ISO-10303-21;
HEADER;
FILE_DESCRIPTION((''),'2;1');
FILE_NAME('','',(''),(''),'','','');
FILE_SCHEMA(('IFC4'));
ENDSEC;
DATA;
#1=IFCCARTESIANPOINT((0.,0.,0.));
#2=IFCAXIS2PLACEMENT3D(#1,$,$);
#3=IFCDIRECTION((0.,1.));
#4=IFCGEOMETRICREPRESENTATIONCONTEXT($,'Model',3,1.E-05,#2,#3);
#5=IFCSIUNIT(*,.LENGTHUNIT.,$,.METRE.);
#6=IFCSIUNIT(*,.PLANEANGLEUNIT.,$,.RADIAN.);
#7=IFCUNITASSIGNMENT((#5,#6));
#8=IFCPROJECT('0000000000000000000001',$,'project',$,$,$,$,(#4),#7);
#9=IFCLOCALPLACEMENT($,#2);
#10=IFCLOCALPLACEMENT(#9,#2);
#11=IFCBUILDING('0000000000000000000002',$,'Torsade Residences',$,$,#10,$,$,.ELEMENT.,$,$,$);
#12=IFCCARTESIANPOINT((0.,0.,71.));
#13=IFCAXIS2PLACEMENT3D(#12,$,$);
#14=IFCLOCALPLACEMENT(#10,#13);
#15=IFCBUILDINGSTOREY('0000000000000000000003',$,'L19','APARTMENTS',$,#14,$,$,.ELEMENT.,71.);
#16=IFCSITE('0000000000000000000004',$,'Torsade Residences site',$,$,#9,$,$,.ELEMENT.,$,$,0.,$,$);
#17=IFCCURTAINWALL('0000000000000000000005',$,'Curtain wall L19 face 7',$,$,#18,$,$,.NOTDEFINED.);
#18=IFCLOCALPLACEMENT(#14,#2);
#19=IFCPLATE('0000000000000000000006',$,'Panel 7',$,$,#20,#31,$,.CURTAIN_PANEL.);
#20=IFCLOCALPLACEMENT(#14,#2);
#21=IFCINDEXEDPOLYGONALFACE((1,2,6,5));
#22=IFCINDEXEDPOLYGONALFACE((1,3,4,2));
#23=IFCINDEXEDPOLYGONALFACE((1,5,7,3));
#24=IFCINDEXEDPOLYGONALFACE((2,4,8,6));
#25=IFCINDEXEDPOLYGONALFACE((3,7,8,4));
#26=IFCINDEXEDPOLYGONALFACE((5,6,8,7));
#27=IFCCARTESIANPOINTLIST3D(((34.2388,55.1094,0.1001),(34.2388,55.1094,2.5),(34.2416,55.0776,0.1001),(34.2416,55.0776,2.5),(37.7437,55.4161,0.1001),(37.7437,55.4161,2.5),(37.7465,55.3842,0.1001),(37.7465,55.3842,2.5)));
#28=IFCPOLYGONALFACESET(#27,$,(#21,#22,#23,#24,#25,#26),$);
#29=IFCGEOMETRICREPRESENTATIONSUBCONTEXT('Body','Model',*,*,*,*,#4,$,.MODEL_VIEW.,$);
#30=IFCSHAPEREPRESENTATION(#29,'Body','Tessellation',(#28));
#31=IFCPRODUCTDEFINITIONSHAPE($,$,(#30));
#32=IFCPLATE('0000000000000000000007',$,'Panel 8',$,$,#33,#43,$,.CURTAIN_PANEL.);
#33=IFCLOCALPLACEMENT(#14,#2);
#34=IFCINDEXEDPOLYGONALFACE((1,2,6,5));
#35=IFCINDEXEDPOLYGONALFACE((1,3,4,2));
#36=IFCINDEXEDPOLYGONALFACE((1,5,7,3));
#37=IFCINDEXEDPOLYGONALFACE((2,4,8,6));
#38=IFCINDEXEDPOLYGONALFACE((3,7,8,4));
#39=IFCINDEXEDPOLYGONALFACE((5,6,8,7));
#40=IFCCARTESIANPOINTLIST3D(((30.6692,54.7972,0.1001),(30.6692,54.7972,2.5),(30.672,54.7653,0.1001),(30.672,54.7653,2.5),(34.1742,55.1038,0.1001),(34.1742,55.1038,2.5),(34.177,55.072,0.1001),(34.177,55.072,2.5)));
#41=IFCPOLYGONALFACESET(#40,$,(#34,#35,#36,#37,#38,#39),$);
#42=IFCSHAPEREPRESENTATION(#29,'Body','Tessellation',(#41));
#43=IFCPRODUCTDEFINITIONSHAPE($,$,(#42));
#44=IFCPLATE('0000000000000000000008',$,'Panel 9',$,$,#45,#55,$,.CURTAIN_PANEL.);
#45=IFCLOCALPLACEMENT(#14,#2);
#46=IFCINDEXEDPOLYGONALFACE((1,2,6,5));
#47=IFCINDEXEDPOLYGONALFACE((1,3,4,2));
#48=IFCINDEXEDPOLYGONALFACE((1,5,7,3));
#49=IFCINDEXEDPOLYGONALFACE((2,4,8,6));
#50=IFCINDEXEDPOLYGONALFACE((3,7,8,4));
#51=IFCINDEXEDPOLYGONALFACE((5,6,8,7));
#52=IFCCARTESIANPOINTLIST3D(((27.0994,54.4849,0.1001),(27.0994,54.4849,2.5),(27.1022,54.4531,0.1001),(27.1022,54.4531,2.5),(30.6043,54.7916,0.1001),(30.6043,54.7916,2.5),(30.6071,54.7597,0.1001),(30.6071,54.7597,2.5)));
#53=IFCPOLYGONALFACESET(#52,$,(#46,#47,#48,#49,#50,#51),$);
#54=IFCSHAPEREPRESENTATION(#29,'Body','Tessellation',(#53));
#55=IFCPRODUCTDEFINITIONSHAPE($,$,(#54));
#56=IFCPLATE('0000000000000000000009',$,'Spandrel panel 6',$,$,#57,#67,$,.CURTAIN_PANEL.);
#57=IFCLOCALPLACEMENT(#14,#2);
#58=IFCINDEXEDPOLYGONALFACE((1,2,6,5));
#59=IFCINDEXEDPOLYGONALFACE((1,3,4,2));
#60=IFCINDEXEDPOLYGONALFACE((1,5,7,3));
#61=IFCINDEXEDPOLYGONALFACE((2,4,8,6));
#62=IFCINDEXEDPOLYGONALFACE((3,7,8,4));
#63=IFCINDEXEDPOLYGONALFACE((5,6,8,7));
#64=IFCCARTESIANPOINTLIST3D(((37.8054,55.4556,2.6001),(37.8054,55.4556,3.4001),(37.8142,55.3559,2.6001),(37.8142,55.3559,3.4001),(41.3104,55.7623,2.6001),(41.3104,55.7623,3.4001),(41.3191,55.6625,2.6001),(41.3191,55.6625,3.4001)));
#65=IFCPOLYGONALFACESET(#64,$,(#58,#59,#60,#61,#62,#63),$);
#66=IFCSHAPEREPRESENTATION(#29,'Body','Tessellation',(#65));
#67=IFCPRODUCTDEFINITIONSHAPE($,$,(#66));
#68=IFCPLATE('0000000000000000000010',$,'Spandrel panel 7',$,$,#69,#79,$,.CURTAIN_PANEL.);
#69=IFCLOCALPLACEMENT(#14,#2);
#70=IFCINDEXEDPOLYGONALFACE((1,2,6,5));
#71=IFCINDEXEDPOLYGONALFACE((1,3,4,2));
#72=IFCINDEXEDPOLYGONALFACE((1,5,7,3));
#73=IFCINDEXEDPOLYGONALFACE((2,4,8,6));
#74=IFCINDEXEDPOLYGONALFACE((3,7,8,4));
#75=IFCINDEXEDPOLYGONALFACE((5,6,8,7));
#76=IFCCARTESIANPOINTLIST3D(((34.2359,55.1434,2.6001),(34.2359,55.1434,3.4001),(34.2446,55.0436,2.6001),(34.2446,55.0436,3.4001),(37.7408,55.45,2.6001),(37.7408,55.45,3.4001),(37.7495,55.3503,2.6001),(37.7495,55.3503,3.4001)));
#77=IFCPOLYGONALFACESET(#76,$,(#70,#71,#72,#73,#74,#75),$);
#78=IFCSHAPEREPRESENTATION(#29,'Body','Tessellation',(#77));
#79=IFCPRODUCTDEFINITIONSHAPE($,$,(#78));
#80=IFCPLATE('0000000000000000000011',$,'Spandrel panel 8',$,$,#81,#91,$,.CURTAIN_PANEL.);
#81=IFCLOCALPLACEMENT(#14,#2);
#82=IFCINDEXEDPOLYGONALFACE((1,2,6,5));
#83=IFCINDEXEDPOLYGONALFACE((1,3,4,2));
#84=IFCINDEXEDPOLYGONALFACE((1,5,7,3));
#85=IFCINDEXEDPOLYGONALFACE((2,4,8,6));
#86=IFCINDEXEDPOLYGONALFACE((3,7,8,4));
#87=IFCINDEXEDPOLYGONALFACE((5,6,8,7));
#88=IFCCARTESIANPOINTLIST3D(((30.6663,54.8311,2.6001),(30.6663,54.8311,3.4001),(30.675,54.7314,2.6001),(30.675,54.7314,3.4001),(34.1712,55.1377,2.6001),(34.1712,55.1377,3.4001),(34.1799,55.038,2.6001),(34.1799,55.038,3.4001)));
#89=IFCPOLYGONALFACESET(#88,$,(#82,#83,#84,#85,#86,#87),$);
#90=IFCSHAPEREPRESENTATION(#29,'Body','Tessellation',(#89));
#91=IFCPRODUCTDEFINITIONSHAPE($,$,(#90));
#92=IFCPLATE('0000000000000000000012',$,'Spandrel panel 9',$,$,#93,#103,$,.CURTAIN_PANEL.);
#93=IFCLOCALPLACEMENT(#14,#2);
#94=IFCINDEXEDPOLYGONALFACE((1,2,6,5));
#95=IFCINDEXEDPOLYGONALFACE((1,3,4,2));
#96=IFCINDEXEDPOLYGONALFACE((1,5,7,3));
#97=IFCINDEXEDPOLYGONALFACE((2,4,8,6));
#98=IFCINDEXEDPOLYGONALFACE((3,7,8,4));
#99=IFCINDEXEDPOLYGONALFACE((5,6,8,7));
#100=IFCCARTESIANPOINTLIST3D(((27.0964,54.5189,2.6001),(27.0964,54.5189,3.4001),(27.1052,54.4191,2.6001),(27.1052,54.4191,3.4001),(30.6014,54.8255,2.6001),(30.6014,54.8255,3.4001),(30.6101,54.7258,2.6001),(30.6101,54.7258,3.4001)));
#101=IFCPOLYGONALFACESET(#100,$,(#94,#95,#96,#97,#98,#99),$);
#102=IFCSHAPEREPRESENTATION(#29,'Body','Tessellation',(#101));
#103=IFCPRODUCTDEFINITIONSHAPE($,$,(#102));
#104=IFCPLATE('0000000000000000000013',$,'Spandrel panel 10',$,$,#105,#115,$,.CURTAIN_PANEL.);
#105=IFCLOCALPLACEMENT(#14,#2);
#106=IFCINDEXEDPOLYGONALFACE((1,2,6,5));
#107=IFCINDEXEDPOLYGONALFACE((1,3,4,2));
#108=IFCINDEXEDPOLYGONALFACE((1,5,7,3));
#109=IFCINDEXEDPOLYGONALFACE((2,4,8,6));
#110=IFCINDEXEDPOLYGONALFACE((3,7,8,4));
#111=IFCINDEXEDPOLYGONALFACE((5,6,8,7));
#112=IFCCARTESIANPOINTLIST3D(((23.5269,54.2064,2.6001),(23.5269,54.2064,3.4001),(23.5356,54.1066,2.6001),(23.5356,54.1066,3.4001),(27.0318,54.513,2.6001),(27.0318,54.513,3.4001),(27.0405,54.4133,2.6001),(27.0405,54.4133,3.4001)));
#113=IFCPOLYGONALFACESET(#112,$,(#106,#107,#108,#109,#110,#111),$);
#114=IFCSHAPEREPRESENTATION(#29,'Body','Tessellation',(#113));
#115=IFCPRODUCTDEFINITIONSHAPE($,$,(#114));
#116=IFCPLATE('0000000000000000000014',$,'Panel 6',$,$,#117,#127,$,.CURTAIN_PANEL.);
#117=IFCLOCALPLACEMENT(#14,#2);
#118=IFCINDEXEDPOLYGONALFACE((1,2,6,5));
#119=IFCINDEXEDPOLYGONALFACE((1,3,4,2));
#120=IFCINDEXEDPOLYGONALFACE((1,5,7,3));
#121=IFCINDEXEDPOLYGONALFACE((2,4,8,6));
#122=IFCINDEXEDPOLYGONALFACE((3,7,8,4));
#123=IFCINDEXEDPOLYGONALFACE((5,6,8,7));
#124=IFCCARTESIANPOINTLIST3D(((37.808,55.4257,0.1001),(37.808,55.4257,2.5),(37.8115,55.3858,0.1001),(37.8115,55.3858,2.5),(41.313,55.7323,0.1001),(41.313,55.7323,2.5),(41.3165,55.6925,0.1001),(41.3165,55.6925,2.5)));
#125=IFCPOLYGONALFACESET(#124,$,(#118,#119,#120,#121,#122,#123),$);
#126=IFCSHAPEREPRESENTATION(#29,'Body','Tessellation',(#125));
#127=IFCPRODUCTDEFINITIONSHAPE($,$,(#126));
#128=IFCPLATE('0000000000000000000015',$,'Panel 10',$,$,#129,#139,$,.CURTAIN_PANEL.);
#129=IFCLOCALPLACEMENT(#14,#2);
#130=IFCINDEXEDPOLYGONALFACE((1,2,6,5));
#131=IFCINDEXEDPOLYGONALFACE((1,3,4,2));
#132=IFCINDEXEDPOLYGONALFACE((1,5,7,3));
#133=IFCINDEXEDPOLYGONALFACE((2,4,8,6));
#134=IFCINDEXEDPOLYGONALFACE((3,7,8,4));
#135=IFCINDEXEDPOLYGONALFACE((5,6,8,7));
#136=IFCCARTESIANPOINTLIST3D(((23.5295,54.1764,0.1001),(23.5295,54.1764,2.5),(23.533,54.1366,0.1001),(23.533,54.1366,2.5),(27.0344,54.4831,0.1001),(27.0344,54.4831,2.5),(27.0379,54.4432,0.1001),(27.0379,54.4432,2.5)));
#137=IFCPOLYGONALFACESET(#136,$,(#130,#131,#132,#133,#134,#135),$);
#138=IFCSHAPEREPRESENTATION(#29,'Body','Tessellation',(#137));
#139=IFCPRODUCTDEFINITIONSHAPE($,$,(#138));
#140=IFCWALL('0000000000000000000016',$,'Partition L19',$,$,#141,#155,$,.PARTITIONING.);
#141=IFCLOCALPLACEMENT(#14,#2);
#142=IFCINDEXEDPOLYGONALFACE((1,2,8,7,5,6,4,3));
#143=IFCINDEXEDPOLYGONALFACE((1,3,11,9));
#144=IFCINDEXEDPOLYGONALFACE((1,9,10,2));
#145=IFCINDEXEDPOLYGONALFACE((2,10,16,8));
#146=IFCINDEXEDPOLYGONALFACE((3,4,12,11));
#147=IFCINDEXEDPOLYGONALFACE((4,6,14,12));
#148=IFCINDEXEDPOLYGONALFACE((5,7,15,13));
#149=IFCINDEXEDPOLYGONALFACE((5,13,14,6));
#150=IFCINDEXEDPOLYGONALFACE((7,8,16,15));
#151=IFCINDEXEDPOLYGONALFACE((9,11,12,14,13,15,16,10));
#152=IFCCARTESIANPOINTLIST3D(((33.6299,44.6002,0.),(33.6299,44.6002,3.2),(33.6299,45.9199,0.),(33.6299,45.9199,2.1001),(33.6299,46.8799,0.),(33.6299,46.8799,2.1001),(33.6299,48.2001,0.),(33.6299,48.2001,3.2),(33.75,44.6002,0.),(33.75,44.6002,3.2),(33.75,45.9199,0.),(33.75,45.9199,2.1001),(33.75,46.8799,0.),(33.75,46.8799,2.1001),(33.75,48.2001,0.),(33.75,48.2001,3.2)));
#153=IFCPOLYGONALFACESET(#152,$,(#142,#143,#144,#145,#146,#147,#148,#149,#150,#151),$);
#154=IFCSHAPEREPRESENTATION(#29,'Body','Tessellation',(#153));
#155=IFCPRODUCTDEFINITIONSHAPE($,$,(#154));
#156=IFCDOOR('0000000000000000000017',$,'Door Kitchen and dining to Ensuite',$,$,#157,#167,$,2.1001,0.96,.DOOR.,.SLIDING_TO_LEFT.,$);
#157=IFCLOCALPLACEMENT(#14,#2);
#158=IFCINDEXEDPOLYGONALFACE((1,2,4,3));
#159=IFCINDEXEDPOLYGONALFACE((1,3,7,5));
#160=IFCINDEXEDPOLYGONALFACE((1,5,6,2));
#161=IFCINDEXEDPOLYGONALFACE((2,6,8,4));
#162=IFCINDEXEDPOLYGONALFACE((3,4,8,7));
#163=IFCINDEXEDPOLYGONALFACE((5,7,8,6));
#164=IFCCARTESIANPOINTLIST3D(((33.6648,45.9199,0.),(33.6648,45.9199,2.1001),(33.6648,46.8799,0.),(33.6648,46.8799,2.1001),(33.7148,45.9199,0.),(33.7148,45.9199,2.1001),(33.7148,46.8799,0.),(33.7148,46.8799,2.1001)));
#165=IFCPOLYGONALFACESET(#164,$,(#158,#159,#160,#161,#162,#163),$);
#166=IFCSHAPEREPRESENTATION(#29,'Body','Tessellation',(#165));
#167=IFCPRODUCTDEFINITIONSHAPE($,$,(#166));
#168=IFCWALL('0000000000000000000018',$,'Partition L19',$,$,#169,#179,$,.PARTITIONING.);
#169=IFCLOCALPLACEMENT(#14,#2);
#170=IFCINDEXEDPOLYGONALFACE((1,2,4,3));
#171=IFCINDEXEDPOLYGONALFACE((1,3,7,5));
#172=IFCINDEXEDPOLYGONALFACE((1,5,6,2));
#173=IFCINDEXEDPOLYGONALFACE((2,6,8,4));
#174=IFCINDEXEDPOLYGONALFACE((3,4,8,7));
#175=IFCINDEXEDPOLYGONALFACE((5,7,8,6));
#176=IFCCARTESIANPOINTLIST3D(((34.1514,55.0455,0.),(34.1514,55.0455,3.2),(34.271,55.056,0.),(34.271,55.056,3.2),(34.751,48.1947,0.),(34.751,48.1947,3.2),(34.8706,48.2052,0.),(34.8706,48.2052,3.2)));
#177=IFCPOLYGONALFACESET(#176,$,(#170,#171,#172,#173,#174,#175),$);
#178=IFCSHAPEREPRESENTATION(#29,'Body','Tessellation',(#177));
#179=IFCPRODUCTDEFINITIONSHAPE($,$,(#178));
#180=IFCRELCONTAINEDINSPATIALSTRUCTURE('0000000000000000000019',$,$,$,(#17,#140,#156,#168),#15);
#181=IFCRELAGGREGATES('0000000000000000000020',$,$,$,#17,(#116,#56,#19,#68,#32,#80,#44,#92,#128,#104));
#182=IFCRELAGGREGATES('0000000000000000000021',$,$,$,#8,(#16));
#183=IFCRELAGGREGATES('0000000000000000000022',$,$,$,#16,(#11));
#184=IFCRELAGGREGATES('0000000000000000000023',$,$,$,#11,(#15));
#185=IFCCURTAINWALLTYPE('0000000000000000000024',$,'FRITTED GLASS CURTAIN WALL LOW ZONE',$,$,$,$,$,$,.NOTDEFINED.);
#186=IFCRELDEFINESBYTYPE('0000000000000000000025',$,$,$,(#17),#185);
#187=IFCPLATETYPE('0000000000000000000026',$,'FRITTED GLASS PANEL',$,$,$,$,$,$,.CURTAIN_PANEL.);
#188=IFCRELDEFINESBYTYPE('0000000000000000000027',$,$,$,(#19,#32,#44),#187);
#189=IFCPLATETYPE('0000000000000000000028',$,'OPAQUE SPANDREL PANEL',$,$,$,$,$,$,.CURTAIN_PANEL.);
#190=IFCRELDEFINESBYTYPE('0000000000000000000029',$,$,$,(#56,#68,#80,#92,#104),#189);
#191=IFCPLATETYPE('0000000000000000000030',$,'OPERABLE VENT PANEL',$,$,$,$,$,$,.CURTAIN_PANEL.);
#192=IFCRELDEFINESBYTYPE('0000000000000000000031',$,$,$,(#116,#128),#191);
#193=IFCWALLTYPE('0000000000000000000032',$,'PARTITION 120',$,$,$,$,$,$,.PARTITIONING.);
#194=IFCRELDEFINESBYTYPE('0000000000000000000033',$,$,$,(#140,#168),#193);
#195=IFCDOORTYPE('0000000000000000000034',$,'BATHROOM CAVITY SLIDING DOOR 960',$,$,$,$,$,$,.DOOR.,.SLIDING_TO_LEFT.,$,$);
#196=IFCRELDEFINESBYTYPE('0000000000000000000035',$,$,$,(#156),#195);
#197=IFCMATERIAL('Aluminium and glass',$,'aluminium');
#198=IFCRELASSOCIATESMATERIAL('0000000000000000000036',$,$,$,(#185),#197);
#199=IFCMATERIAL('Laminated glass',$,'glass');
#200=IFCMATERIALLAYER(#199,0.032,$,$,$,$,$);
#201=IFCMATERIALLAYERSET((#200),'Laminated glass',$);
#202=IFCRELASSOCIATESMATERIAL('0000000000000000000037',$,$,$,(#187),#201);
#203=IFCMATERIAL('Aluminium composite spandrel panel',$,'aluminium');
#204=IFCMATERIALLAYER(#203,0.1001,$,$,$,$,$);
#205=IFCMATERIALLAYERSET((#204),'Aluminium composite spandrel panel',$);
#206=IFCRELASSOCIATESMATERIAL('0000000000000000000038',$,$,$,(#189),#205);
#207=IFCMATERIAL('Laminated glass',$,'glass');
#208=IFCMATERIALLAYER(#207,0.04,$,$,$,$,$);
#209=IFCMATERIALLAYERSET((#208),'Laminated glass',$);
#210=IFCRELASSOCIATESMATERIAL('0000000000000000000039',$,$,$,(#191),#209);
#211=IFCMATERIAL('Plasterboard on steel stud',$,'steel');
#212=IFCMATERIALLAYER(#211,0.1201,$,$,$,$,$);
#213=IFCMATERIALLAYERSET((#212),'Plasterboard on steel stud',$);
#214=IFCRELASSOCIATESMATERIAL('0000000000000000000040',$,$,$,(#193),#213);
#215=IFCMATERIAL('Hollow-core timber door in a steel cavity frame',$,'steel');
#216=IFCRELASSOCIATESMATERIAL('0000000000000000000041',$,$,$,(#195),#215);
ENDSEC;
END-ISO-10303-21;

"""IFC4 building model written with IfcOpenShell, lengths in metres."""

from ifc_helpers import new_model, si_unit, direction, frame, frame_2d, origin, origin_2d, place, context, subcontext, project, spatial, rectangle, extrude, material, layer, layer_set, type_object, element, fill, aggregate, save


model = new_model("IFC4")

# Units and contexts
model_context = context("Model", 3, precision=1e-05, world=origin(), true_north=direction((0.0, 1.0)))
body_context = subcontext(model_context, "Body", "Model", "MODEL_VIEW")
ifc_project = project(units=[si_unit("LENGTHUNIT", "METRE"), si_unit("PLANEANGLEUNIT", "RADIAN")], contexts=[model_context])

# Site, building, storey
site_placement = place(None, origin())
site = spatial("IfcSite", under=ifc_project, at=site_placement, Name="Torsade Residences site", CompositionType="ELEMENT", RefElevation=0.0)
building_placement = place(site_placement, origin())
building = spatial("IfcBuilding", under=site, at=building_placement, Name="Torsade Residences", CompositionType="ELEMENT")
storey_placement = place(building_placement, frame((0.0, 0.0, 71.0)))
storey = spatial("IfcBuildingStorey", under=building, at=storey_placement, Name="L19", Description="APARTMENTS", CompositionType="ELEMENT", Elevation=71.0)

# Curtain wall
ifc_material_1 = material(Name="Aluminium and glass", Category="aluminium")
curtain_wall_type = type_object("IfcCurtainWallType", Name="FRITTED GLASS CURTAIN WALL LOW ZONE", PredefinedType="NOTDEFINED", material=ifc_material_1)
curtain_wall_placement = place(storey_placement, origin())
curtain_wall = element("IfcCurtainWall", 1, at=curtain_wall_placement, inside=storey, type_object=curtain_wall_type, Name="Curtain wall L19 face 7", PredefinedType="NOTDEFINED")

# Plates
ifc_material_2 = material(Name="Laminated glass", Category="glass")
ifc_layer_1 = layer(ifc_material_2, 0.032)
ifc_layer_set_1 = layer_set([ifc_layer_1], Name="Laminated glass")
plate_type_1 = type_object("IfcPlateType", Name="FRITTED GLASS PANEL", PredefinedType="CURTAIN_PANEL", material=ifc_layer_set_1)
plate_1_placement = place(storey_placement, frame((35.9927, 55.2468, 0.1001), z_axis=(0.0, 0.0, 1.0), x_axis=(-0.996195, -0.087156, 0.0)))
plate_1 = element("IfcPlate", 2, at=plate_1_placement, type_object=plate_type_1, Name="Panel 7", PredefinedType="CURTAIN_PANEL", context=body_context, shape_type="SweptSolid", body=[
    extrude(rectangle(XDim=3.5183, YDim=0.032, at=origin_2d()), origin(), (0.0, 0.0, 1.0), 2.3999),
])
plate_2_placement = place(storey_placement, frame((32.4231, 54.9346, 0.1001), z_axis=(0.0, 0.0, 1.0), x_axis=(-0.996195, -0.087156, 0.0)))
plate_2 = element("IfcPlate", 3, at=plate_2_placement, type_object=plate_type_1, Name="Panel 8", PredefinedType="CURTAIN_PANEL", context=body_context, shape_type="SweptSolid", body=[
    extrude(rectangle(XDim=3.5183, YDim=0.032, at=origin_2d()), origin(), (0.0, 0.0, 1.0), 2.3999),
])
plate_3_placement = place(storey_placement, frame((28.8533, 54.6223, 0.1001), z_axis=(0.0, 0.0, 1.0), x_axis=(-0.996195, -0.087156, 0.0)))
plate_3 = element("IfcPlate", 4, at=plate_3_placement, type_object=plate_type_1, Name="Panel 9", PredefinedType="CURTAIN_PANEL", context=body_context, shape_type="SweptSolid", body=[
    extrude(rectangle(XDim=3.5183, YDim=0.032, at=origin_2d()), origin(), (0.0, 0.0, 1.0), 2.3999),
])
ifc_material_3 = material(Name="Aluminium composite spandrel panel", Category="aluminium")
ifc_layer_2 = layer(ifc_material_3, 0.1001)
ifc_layer_set_2 = layer_set([ifc_layer_2], Name="Aluminium composite spandrel panel")
plate_type_2 = type_object("IfcPlateType", Name="OPAQUE SPANDREL PANEL", PredefinedType="CURTAIN_PANEL", material=ifc_layer_set_2)
plate_4_placement = place(storey_placement, frame((39.5623, 55.5591, 2.6001), z_axis=(0.0, 0.0, 1.0), x_axis=(-0.996195, -0.087156, 0.0)))
plate_4 = element("IfcPlate", 5, at=plate_4_placement, type_object=plate_type_2, Name="Spandrel panel 6", PredefinedType="CURTAIN_PANEL", context=body_context, shape_type="SweptSolid", body=[
    extrude(rectangle(XDim=3.5183, YDim=0.1001, at=origin_2d()), origin(), (0.0, 0.0, 1.0), 0.8),
])
plate_5_placement = place(storey_placement, frame((35.9927, 55.2468, 2.6001), z_axis=(0.0, 0.0, 1.0), x_axis=(-0.996195, -0.087156, 0.0)))
plate_5 = element("IfcPlate", 6, at=plate_5_placement, type_object=plate_type_2, Name="Spandrel panel 7", PredefinedType="CURTAIN_PANEL", context=body_context, shape_type="SweptSolid", body=[
    extrude(rectangle(XDim=3.5183, YDim=0.1001, at=origin_2d()), origin(), (0.0, 0.0, 1.0), 0.8),
])
plate_6_placement = place(storey_placement, frame((32.4231, 54.9346, 2.6001), z_axis=(0.0, 0.0, 1.0), x_axis=(-0.996195, -0.087156, 0.0)))
plate_6 = element("IfcPlate", 7, at=plate_6_placement, type_object=plate_type_2, Name="Spandrel panel 8", PredefinedType="CURTAIN_PANEL", context=body_context, shape_type="SweptSolid", body=[
    extrude(rectangle(XDim=3.5183, YDim=0.1001, at=origin_2d()), origin(), (0.0, 0.0, 1.0), 0.8),
])
plate_7_placement = place(storey_placement, frame((28.8533, 54.6223, 2.6001), z_axis=(0.0, 0.0, 1.0), x_axis=(-0.996195, -0.087156, 0.0)))
plate_7 = element("IfcPlate", 8, at=plate_7_placement, type_object=plate_type_2, Name="Spandrel panel 9", PredefinedType="CURTAIN_PANEL", context=body_context, shape_type="SweptSolid", body=[
    extrude(rectangle(XDim=3.5183, YDim=0.1001, at=origin_2d()), origin(), (0.0, 0.0, 1.0), 0.8),
])
plate_8_placement = place(storey_placement, frame((25.2837, 54.3098, 2.6001), z_axis=(0.0, 0.0, 1.0), x_axis=(-0.996195, -0.087156, 0.0)))
plate_8 = element("IfcPlate", 9, at=plate_8_placement, type_object=plate_type_2, Name="Spandrel panel 10", PredefinedType="CURTAIN_PANEL", context=body_context, shape_type="SweptSolid", body=[
    extrude(rectangle(XDim=3.5183, YDim=0.1001, at=origin_2d()), origin(), (0.0, 0.0, 1.0), 0.8),
])
ifc_material_4 = material(Name="Laminated glass", Category="glass")
ifc_layer_3 = layer(ifc_material_4, 0.04)
ifc_layer_set_3 = layer_set([ifc_layer_3], Name="Laminated glass")
plate_type_3 = type_object("IfcPlateType", Name="OPERABLE VENT PANEL", PredefinedType="CURTAIN_PANEL", material=ifc_layer_set_3)
plate_9_placement = place(storey_placement, frame((39.5623, 55.5591, 0.1001), z_axis=(0.0, 0.0, 1.0), x_axis=(-0.996195, -0.087156, 0.0)))
plate_9 = element("IfcPlate", 10, at=plate_9_placement, type_object=plate_type_3, Name="Panel 6", PredefinedType="CURTAIN_PANEL", context=body_context, shape_type="SweptSolid", body=[
    extrude(rectangle(XDim=3.5183, YDim=0.04, at=origin_2d()), origin(), (0.0, 0.0, 1.0), 2.3999),
])
plate_10_placement = place(storey_placement, frame((25.2837, 54.3098, 0.1001), z_axis=(0.0, 0.0, 1.0), x_axis=(-0.996195, -0.087156, 0.0)))
plate_10 = element("IfcPlate", 11, at=plate_10_placement, type_object=plate_type_3, Name="Panel 10", PredefinedType="CURTAIN_PANEL", context=body_context, shape_type="SweptSolid", body=[
    extrude(rectangle(XDim=3.5183, YDim=0.04, at=origin_2d()), origin(), (0.0, 0.0, 1.0), 2.3999),
])
aggregate(curtain_wall, [plate_9, plate_4, plate_1, plate_5, plate_2, plate_6, plate_3, plate_7, plate_10, plate_8])

# Wall, opening, door
ifc_material_5 = material(Name="Plasterboard on steel stud", Category="steel")
ifc_layer_4 = layer(ifc_material_5, 0.1201)
ifc_layer_set_4 = layer_set([ifc_layer_4], Name="Plasterboard on steel stud")
wall_type_1 = type_object("IfcWallType", Name="PARTITION 120", PredefinedType="PARTITIONING", material=ifc_layer_set_4)
wall_1_placement = place(storey_placement, frame((33.6899, 48.2, 0.0), z_axis=(0.0, 0.0, 1.0), x_axis=(0.0, -1.0, 0.0)))
wall_1 = element("IfcWall", 12, at=wall_1_placement, inside=storey, type_object=wall_type_1, Name="Partition L19", PredefinedType="PARTITIONING", context=body_context, shape_type="SweptSolid", body=[
    extrude(rectangle(XDim=3.5999, YDim=0.1201, at=frame_2d((1.7998, 0.0))), origin(), (0.0, 0.0, 1.0), 3.2),
])
opening_placement = place(wall_1_placement, frame((1.3201, 0.0, 0.0)))
opening = element("IfcOpeningElement", 13, at=opening_placement, cuts=wall_1, PredefinedType="OPENING", context=body_context, shape_type="SweptSolid", body=[
    extrude(rectangle(XDim=0.96, YDim=2.1001, at=frame_2d((0.48, 1.05))), frame((0.0, 0.0701, 0.0), z_axis=(0.0, -1.0, 0.0), x_axis=(1.0, 0.0, 0.0)), (0.0, 0.0, 1.0), 0.1401),
])
ifc_material_6 = material(Name="Hollow-core timber door in a steel cavity frame", Category="steel")
door_type = type_object("IfcDoorType", Name="BATHROOM CAVITY SLIDING DOOR 960", OperationType="SLIDING_TO_LEFT", PredefinedType="DOOR", material=ifc_material_6)
door_placement = place(opening_placement, origin())
door = element("IfcDoor", 14, at=door_placement, inside=storey, type_object=door_type, Name="Door Kitchen and dining to Ensuite", OperationType="SLIDING_TO_LEFT", OverallHeight=2.1001, OverallWidth=0.96, PredefinedType="DOOR", context=body_context, shape_type="SweptSolid", body=[
    extrude(rectangle(XDim=0.96, YDim=2.1001, at=frame_2d((0.48, 1.05))), frame((0.0, 0.0249, 0.0), z_axis=(0.0, -1.0, 0.0), x_axis=(1.0, 0.0, 0.0)), (0.0, 0.0, 1.0), 0.05),
])
fill(opening, door)

# Wall
wall_2_placement = place(storey_placement, frame((34.8108, 48.2, 0.0), z_axis=(0.0, 0.0, 1.0), x_axis=(-0.08719, 0.996192, 0.0)))
element("IfcWall", 15, at=wall_2_placement, inside=storey, type_object=wall_type_1, Name="Partition L19", PredefinedType="PARTITIONING", context=body_context, shape_type="SweptSolid", body=[
    extrude(rectangle(XDim=6.877, YDim=0.1201, at=frame_2d((3.4385, 0.0))), origin(), (0.0, 0.0, 1.0), 3.2),
])

save(model, "model.ifc")
